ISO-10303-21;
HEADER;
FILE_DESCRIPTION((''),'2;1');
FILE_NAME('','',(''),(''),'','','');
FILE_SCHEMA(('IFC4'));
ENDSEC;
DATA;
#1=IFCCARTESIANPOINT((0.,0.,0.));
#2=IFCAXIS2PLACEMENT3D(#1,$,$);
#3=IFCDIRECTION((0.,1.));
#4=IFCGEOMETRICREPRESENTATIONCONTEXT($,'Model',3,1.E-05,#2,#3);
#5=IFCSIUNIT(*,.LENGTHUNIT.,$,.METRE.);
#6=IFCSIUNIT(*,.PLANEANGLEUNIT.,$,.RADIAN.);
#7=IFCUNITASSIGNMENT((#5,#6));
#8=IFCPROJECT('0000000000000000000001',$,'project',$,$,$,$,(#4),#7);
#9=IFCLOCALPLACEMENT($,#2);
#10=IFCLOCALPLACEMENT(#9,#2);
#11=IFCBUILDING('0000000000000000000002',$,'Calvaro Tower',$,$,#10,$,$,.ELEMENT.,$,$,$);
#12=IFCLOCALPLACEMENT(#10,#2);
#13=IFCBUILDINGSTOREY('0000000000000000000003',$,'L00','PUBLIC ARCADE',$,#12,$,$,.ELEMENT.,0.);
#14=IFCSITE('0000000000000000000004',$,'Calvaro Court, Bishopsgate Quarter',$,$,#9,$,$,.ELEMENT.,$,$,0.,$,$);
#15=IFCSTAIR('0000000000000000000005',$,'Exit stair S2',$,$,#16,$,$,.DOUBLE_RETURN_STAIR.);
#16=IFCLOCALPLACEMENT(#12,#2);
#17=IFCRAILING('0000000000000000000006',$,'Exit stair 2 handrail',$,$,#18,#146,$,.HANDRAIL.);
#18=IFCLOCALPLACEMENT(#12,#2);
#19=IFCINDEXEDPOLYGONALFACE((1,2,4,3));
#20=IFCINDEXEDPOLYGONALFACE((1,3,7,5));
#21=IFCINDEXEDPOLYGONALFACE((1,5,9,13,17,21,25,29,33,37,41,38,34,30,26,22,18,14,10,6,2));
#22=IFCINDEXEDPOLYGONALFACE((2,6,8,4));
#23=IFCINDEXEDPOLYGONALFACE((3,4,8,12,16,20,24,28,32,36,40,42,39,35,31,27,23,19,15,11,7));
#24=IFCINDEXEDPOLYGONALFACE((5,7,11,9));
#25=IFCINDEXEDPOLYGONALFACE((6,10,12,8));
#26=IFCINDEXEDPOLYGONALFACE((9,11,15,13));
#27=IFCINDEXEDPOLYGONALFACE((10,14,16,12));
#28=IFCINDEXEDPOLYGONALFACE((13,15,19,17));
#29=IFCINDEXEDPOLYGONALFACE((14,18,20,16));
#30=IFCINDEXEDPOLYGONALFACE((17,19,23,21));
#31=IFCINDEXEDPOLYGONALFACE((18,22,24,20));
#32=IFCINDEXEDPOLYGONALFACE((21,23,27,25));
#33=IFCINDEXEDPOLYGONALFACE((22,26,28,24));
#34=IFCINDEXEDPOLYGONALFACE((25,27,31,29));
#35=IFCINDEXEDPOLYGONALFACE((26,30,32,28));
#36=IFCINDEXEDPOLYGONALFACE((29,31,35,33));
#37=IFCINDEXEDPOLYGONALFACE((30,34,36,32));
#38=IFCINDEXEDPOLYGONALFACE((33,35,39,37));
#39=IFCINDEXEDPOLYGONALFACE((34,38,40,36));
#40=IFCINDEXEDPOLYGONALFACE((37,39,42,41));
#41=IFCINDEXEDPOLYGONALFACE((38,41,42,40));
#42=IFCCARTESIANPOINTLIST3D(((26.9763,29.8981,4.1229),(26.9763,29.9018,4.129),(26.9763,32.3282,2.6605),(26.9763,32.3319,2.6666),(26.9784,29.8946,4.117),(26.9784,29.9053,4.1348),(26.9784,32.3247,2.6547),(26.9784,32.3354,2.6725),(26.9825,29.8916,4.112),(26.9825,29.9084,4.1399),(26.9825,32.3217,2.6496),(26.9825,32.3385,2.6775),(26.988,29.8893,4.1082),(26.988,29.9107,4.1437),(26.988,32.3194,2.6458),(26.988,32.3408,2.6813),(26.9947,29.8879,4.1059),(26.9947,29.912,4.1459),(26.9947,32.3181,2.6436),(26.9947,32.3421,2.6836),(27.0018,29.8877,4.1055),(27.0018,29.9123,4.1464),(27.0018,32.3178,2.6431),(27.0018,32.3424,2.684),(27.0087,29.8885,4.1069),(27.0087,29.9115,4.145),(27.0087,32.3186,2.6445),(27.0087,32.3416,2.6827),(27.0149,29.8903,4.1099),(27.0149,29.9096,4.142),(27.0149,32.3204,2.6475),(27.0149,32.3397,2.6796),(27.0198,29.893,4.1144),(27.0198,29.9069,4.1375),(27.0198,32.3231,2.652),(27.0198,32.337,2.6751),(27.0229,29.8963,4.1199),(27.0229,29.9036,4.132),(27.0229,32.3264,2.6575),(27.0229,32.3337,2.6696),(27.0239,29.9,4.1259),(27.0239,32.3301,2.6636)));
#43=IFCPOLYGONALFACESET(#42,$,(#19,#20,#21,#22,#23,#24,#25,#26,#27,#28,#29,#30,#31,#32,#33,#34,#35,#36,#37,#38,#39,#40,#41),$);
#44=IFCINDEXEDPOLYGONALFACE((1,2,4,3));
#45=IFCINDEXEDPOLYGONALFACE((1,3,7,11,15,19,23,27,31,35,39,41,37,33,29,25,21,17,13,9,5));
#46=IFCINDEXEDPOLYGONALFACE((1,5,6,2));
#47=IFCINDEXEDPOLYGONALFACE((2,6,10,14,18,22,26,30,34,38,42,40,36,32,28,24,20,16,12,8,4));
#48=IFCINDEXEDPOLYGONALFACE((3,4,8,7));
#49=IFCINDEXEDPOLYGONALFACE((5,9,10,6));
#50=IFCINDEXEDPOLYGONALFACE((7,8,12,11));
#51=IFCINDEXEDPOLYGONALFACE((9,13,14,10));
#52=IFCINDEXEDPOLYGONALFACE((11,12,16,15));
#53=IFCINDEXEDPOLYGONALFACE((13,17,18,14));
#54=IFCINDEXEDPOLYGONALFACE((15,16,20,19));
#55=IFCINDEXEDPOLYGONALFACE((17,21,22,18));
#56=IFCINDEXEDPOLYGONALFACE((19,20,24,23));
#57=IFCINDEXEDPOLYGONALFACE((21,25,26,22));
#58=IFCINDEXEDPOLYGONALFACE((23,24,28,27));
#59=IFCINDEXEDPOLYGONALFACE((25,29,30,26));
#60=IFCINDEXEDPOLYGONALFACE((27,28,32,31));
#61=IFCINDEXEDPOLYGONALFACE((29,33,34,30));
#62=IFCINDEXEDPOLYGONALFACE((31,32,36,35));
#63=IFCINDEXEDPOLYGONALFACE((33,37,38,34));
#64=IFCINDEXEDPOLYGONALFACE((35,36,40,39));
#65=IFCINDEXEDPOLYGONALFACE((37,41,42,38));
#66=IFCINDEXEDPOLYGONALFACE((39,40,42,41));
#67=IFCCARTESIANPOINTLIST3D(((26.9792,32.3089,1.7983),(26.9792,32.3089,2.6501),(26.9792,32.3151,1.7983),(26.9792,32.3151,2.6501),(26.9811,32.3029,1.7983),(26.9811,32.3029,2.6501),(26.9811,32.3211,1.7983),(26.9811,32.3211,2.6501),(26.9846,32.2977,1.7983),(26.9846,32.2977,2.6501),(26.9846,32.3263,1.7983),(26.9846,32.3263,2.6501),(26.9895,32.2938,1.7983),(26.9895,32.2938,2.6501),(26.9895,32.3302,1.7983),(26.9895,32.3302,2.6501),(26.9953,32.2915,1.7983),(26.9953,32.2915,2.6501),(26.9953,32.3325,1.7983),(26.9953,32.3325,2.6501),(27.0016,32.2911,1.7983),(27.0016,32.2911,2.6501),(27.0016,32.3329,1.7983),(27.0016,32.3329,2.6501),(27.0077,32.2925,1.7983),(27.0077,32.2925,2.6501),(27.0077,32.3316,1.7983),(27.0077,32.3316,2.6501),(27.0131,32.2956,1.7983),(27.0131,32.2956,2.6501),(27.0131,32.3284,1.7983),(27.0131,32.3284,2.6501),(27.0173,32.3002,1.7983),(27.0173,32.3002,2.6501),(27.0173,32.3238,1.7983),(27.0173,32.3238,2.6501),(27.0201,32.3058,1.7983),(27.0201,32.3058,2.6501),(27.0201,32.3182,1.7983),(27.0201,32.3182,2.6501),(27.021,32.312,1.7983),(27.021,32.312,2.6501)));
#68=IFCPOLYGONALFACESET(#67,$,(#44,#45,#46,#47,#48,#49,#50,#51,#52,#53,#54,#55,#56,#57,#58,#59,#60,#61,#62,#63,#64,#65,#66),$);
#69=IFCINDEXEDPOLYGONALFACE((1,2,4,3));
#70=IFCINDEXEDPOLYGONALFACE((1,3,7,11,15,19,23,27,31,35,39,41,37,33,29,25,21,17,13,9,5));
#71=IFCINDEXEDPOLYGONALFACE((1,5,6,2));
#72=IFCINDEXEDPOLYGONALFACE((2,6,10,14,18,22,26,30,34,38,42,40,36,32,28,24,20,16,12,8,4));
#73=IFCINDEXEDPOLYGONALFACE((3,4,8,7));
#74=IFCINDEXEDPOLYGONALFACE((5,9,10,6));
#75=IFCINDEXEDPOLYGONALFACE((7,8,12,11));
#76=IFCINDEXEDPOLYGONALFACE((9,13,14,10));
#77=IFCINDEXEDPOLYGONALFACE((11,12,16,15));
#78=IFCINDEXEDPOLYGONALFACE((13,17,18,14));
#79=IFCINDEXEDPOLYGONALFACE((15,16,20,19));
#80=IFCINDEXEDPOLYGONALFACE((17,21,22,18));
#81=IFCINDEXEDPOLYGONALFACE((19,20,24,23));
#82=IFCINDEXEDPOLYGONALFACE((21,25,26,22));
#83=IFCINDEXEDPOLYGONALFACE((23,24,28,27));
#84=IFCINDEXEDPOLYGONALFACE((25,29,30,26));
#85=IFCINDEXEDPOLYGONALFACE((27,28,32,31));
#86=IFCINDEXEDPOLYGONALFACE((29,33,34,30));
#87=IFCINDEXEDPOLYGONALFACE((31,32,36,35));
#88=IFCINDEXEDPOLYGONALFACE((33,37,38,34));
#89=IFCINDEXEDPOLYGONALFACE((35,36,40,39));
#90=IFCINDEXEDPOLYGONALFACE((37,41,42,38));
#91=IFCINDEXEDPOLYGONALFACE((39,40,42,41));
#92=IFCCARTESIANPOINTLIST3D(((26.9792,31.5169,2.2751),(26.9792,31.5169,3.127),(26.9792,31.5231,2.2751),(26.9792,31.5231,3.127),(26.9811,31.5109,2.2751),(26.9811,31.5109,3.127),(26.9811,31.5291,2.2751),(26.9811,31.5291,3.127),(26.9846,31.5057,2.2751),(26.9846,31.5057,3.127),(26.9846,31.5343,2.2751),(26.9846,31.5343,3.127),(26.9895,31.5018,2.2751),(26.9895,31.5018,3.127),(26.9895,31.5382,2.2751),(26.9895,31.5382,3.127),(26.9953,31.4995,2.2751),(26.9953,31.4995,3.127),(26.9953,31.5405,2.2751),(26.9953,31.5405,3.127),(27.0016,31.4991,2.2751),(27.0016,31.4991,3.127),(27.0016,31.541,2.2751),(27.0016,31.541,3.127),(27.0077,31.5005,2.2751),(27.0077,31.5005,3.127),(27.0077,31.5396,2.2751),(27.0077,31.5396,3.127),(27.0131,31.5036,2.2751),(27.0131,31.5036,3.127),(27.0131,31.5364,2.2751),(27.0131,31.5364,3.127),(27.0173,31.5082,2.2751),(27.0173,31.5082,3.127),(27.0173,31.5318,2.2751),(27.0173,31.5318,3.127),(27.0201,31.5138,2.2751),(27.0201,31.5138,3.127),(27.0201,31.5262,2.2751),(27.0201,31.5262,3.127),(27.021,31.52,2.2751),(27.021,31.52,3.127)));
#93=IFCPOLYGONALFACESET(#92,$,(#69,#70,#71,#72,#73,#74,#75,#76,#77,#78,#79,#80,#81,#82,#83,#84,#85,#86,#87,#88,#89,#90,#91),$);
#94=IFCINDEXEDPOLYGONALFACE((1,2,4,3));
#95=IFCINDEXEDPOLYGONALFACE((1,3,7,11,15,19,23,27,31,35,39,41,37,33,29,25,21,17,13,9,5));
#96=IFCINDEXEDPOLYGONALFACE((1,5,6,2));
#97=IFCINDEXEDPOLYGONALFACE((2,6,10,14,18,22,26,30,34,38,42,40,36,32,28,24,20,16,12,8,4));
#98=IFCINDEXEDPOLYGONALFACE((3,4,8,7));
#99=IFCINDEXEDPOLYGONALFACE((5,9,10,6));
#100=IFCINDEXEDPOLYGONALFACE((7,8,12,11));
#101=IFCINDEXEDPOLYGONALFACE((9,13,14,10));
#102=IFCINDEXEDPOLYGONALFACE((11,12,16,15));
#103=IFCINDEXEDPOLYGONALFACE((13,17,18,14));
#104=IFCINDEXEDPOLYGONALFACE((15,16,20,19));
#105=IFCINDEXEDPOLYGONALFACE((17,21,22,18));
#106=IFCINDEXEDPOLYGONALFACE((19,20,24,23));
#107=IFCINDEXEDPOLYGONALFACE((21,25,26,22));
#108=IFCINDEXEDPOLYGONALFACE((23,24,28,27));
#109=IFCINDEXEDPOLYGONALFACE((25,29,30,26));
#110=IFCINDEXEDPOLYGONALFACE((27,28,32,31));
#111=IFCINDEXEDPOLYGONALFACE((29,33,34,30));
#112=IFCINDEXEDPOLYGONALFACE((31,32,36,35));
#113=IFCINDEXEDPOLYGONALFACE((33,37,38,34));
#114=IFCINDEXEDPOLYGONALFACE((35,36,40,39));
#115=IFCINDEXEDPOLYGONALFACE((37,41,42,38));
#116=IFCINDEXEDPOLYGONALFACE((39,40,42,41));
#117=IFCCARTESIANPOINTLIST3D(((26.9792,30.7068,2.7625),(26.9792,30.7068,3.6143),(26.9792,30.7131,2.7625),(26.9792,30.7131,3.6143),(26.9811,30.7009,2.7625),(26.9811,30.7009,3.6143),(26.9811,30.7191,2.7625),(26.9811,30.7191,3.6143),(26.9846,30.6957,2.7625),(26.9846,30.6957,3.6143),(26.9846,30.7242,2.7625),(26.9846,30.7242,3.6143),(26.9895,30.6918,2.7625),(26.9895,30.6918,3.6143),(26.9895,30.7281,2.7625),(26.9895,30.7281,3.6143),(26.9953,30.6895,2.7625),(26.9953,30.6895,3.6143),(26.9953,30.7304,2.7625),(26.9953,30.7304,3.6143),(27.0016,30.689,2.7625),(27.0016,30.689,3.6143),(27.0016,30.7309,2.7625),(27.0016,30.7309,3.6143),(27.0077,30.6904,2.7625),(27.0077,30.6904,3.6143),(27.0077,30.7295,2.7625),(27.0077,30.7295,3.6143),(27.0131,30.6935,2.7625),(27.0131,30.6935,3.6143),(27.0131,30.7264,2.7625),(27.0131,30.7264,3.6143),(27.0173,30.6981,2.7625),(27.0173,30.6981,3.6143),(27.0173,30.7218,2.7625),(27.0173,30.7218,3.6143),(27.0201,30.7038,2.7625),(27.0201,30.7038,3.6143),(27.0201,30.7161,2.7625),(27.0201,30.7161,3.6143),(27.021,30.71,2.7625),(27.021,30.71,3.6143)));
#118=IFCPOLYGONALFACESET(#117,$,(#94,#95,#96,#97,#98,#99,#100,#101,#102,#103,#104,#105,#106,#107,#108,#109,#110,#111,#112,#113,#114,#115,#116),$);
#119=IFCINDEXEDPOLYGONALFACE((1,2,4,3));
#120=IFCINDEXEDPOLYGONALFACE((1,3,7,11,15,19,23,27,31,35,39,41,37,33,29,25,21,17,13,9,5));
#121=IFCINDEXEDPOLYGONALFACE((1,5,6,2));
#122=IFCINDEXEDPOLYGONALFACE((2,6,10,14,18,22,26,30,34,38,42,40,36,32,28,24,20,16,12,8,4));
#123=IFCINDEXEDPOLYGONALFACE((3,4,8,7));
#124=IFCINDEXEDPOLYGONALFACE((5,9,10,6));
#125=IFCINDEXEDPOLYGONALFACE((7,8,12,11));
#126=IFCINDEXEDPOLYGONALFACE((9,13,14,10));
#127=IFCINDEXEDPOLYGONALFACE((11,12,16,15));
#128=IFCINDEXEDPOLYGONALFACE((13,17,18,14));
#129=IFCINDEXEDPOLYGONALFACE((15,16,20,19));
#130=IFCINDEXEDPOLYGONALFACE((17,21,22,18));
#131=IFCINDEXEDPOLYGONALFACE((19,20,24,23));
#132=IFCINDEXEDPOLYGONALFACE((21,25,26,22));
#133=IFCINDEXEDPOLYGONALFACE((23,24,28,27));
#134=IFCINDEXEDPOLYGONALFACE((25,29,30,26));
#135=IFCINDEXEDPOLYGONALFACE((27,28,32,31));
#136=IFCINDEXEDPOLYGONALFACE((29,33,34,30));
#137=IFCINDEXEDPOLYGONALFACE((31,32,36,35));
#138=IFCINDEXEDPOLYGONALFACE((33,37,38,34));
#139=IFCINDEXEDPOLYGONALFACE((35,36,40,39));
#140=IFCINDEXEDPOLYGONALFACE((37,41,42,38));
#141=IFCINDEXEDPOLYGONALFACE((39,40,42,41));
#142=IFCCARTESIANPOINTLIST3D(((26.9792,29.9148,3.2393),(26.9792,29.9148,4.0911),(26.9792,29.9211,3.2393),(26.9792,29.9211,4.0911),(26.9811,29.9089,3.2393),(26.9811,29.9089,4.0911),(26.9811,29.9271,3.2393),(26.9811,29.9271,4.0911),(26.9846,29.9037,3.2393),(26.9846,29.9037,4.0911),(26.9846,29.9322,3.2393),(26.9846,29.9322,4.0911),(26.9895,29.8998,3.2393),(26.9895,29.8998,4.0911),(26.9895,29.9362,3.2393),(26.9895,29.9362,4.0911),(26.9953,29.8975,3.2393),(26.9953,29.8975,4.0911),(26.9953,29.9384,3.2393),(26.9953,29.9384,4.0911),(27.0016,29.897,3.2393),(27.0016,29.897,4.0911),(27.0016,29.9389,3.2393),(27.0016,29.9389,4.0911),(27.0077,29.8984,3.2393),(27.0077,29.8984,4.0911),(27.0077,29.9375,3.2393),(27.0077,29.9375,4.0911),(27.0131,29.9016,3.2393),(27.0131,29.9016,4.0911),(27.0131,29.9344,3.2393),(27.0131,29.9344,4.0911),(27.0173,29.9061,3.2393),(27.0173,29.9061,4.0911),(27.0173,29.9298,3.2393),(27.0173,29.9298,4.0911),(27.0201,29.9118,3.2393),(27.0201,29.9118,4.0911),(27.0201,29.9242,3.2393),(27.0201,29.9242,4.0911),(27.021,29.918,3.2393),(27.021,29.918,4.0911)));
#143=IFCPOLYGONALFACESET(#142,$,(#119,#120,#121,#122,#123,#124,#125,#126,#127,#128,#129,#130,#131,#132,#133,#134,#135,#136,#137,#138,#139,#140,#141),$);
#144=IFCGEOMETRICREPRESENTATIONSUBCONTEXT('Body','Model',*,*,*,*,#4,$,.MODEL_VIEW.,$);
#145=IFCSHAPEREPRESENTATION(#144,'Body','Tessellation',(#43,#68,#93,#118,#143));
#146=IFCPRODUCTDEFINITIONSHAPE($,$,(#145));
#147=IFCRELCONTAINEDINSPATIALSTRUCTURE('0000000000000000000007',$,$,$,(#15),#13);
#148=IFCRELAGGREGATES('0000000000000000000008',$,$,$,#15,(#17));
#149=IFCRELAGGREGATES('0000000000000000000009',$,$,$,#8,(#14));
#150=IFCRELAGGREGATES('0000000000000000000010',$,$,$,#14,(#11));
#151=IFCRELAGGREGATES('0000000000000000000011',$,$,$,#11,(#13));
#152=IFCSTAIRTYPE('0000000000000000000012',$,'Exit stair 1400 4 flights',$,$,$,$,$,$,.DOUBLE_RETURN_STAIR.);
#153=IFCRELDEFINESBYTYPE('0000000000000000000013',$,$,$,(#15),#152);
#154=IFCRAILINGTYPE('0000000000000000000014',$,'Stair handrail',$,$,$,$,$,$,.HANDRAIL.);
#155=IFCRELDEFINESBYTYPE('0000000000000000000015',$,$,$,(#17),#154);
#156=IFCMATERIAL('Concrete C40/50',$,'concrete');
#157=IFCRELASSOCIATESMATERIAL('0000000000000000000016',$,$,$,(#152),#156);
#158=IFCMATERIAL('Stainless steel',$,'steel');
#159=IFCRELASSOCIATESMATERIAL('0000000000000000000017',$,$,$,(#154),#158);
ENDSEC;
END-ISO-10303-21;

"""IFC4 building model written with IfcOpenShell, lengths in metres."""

from ifc_helpers import new_model, si_unit, direction, frame, origin, origin_2d, place, context, subcontext, project, spatial, circle, extrude, material, type_object, element, aggregate, save


model = new_model("IFC4")

# Units and contexts
model_context = context("Model", 3, precision=1e-05, world=origin(), true_north=direction((0.0, 1.0)))
body_context = subcontext(model_context, "Body", "Model", "MODEL_VIEW")
ifc_project = project(units=[si_unit("LENGTHUNIT", "METRE"), si_unit("PLANEANGLEUNIT", "RADIAN")], contexts=[model_context])

# Site, building, storey
site_placement = place(None, origin())
site = spatial("IfcSite", under=ifc_project, at=site_placement, Name="Calvaro Court, Bishopsgate Quarter", CompositionType="ELEMENT", RefElevation=0.0)
building_placement = place(site_placement, origin())
building = spatial("IfcBuilding", under=site, at=building_placement, Name="Calvaro Tower", CompositionType="ELEMENT")
storey_placement = place(building_placement, origin())
storey = spatial("IfcBuildingStorey", under=building, at=storey_placement, Name="L00", Description="PUBLIC ARCADE", CompositionType="ELEMENT", Elevation=0.0)

# Stair, railing
ifc_material_1 = material(Name="Concrete C40/50", Category="concrete")
stair_type = type_object("IfcStairType", Name="Exit stair 1400 4 flights", PredefinedType="DOUBLE_RETURN_STAIR", material=ifc_material_1)
stair_placement = place(storey_placement, origin())
stair = element("IfcStair", 1, at=stair_placement, inside=storey, type_object=stair_type, Name="Exit stair S2", PredefinedType="DOUBLE_RETURN_STAIR")
ifc_material_2 = material(Name="Stainless steel", Category="steel")
railing_type = type_object("IfcRailingType", Name="Stair handrail", PredefinedType="HANDRAIL", material=ifc_material_2)
railing_1_placement = place(storey_placement, frame((27.0, 32.3301, 1.7876)))
railing_1 = element("IfcRailing", 2, at=railing_1_placement, type_object=railing_type, Name="Exit stair 2 handrail", PredefinedType="HANDRAIL", context=body_context, shape_type="SweptSolid", body=[
    extrude(circle(Radius=0.0239, at=origin_2d()), frame((0.0, 0.0, 0.876), z_axis=(0.0, -0.856824, 0.515609), x_axis=(1.0, 0.0, 0.0)), (0.0, 0.0, 1.0), 2.8362),
    extrude(circle(Radius=0.021, at=origin_2d()), frame((0.0, -0.0181, 0.0107)), (0.0, 0.0, 1.0), 0.8518),
    extrude(circle(Radius=0.021, at=origin_2d()), frame((0.0, -0.8101, 0.4875)), (0.0, 0.0, 1.0), 0.8518),
    extrude(circle(Radius=0.021, at=origin_2d()), frame((0.0, -1.6201, 0.9749)), (0.0, 0.0, 1.0), 0.8518),
    extrude(circle(Radius=0.021, at=origin_2d()), frame((0.0, -2.4121, 1.4517)), (0.0, 0.0, 1.0), 0.8518),
])
aggregate(stair, [railing_1])

save(model, "model.ifc")
